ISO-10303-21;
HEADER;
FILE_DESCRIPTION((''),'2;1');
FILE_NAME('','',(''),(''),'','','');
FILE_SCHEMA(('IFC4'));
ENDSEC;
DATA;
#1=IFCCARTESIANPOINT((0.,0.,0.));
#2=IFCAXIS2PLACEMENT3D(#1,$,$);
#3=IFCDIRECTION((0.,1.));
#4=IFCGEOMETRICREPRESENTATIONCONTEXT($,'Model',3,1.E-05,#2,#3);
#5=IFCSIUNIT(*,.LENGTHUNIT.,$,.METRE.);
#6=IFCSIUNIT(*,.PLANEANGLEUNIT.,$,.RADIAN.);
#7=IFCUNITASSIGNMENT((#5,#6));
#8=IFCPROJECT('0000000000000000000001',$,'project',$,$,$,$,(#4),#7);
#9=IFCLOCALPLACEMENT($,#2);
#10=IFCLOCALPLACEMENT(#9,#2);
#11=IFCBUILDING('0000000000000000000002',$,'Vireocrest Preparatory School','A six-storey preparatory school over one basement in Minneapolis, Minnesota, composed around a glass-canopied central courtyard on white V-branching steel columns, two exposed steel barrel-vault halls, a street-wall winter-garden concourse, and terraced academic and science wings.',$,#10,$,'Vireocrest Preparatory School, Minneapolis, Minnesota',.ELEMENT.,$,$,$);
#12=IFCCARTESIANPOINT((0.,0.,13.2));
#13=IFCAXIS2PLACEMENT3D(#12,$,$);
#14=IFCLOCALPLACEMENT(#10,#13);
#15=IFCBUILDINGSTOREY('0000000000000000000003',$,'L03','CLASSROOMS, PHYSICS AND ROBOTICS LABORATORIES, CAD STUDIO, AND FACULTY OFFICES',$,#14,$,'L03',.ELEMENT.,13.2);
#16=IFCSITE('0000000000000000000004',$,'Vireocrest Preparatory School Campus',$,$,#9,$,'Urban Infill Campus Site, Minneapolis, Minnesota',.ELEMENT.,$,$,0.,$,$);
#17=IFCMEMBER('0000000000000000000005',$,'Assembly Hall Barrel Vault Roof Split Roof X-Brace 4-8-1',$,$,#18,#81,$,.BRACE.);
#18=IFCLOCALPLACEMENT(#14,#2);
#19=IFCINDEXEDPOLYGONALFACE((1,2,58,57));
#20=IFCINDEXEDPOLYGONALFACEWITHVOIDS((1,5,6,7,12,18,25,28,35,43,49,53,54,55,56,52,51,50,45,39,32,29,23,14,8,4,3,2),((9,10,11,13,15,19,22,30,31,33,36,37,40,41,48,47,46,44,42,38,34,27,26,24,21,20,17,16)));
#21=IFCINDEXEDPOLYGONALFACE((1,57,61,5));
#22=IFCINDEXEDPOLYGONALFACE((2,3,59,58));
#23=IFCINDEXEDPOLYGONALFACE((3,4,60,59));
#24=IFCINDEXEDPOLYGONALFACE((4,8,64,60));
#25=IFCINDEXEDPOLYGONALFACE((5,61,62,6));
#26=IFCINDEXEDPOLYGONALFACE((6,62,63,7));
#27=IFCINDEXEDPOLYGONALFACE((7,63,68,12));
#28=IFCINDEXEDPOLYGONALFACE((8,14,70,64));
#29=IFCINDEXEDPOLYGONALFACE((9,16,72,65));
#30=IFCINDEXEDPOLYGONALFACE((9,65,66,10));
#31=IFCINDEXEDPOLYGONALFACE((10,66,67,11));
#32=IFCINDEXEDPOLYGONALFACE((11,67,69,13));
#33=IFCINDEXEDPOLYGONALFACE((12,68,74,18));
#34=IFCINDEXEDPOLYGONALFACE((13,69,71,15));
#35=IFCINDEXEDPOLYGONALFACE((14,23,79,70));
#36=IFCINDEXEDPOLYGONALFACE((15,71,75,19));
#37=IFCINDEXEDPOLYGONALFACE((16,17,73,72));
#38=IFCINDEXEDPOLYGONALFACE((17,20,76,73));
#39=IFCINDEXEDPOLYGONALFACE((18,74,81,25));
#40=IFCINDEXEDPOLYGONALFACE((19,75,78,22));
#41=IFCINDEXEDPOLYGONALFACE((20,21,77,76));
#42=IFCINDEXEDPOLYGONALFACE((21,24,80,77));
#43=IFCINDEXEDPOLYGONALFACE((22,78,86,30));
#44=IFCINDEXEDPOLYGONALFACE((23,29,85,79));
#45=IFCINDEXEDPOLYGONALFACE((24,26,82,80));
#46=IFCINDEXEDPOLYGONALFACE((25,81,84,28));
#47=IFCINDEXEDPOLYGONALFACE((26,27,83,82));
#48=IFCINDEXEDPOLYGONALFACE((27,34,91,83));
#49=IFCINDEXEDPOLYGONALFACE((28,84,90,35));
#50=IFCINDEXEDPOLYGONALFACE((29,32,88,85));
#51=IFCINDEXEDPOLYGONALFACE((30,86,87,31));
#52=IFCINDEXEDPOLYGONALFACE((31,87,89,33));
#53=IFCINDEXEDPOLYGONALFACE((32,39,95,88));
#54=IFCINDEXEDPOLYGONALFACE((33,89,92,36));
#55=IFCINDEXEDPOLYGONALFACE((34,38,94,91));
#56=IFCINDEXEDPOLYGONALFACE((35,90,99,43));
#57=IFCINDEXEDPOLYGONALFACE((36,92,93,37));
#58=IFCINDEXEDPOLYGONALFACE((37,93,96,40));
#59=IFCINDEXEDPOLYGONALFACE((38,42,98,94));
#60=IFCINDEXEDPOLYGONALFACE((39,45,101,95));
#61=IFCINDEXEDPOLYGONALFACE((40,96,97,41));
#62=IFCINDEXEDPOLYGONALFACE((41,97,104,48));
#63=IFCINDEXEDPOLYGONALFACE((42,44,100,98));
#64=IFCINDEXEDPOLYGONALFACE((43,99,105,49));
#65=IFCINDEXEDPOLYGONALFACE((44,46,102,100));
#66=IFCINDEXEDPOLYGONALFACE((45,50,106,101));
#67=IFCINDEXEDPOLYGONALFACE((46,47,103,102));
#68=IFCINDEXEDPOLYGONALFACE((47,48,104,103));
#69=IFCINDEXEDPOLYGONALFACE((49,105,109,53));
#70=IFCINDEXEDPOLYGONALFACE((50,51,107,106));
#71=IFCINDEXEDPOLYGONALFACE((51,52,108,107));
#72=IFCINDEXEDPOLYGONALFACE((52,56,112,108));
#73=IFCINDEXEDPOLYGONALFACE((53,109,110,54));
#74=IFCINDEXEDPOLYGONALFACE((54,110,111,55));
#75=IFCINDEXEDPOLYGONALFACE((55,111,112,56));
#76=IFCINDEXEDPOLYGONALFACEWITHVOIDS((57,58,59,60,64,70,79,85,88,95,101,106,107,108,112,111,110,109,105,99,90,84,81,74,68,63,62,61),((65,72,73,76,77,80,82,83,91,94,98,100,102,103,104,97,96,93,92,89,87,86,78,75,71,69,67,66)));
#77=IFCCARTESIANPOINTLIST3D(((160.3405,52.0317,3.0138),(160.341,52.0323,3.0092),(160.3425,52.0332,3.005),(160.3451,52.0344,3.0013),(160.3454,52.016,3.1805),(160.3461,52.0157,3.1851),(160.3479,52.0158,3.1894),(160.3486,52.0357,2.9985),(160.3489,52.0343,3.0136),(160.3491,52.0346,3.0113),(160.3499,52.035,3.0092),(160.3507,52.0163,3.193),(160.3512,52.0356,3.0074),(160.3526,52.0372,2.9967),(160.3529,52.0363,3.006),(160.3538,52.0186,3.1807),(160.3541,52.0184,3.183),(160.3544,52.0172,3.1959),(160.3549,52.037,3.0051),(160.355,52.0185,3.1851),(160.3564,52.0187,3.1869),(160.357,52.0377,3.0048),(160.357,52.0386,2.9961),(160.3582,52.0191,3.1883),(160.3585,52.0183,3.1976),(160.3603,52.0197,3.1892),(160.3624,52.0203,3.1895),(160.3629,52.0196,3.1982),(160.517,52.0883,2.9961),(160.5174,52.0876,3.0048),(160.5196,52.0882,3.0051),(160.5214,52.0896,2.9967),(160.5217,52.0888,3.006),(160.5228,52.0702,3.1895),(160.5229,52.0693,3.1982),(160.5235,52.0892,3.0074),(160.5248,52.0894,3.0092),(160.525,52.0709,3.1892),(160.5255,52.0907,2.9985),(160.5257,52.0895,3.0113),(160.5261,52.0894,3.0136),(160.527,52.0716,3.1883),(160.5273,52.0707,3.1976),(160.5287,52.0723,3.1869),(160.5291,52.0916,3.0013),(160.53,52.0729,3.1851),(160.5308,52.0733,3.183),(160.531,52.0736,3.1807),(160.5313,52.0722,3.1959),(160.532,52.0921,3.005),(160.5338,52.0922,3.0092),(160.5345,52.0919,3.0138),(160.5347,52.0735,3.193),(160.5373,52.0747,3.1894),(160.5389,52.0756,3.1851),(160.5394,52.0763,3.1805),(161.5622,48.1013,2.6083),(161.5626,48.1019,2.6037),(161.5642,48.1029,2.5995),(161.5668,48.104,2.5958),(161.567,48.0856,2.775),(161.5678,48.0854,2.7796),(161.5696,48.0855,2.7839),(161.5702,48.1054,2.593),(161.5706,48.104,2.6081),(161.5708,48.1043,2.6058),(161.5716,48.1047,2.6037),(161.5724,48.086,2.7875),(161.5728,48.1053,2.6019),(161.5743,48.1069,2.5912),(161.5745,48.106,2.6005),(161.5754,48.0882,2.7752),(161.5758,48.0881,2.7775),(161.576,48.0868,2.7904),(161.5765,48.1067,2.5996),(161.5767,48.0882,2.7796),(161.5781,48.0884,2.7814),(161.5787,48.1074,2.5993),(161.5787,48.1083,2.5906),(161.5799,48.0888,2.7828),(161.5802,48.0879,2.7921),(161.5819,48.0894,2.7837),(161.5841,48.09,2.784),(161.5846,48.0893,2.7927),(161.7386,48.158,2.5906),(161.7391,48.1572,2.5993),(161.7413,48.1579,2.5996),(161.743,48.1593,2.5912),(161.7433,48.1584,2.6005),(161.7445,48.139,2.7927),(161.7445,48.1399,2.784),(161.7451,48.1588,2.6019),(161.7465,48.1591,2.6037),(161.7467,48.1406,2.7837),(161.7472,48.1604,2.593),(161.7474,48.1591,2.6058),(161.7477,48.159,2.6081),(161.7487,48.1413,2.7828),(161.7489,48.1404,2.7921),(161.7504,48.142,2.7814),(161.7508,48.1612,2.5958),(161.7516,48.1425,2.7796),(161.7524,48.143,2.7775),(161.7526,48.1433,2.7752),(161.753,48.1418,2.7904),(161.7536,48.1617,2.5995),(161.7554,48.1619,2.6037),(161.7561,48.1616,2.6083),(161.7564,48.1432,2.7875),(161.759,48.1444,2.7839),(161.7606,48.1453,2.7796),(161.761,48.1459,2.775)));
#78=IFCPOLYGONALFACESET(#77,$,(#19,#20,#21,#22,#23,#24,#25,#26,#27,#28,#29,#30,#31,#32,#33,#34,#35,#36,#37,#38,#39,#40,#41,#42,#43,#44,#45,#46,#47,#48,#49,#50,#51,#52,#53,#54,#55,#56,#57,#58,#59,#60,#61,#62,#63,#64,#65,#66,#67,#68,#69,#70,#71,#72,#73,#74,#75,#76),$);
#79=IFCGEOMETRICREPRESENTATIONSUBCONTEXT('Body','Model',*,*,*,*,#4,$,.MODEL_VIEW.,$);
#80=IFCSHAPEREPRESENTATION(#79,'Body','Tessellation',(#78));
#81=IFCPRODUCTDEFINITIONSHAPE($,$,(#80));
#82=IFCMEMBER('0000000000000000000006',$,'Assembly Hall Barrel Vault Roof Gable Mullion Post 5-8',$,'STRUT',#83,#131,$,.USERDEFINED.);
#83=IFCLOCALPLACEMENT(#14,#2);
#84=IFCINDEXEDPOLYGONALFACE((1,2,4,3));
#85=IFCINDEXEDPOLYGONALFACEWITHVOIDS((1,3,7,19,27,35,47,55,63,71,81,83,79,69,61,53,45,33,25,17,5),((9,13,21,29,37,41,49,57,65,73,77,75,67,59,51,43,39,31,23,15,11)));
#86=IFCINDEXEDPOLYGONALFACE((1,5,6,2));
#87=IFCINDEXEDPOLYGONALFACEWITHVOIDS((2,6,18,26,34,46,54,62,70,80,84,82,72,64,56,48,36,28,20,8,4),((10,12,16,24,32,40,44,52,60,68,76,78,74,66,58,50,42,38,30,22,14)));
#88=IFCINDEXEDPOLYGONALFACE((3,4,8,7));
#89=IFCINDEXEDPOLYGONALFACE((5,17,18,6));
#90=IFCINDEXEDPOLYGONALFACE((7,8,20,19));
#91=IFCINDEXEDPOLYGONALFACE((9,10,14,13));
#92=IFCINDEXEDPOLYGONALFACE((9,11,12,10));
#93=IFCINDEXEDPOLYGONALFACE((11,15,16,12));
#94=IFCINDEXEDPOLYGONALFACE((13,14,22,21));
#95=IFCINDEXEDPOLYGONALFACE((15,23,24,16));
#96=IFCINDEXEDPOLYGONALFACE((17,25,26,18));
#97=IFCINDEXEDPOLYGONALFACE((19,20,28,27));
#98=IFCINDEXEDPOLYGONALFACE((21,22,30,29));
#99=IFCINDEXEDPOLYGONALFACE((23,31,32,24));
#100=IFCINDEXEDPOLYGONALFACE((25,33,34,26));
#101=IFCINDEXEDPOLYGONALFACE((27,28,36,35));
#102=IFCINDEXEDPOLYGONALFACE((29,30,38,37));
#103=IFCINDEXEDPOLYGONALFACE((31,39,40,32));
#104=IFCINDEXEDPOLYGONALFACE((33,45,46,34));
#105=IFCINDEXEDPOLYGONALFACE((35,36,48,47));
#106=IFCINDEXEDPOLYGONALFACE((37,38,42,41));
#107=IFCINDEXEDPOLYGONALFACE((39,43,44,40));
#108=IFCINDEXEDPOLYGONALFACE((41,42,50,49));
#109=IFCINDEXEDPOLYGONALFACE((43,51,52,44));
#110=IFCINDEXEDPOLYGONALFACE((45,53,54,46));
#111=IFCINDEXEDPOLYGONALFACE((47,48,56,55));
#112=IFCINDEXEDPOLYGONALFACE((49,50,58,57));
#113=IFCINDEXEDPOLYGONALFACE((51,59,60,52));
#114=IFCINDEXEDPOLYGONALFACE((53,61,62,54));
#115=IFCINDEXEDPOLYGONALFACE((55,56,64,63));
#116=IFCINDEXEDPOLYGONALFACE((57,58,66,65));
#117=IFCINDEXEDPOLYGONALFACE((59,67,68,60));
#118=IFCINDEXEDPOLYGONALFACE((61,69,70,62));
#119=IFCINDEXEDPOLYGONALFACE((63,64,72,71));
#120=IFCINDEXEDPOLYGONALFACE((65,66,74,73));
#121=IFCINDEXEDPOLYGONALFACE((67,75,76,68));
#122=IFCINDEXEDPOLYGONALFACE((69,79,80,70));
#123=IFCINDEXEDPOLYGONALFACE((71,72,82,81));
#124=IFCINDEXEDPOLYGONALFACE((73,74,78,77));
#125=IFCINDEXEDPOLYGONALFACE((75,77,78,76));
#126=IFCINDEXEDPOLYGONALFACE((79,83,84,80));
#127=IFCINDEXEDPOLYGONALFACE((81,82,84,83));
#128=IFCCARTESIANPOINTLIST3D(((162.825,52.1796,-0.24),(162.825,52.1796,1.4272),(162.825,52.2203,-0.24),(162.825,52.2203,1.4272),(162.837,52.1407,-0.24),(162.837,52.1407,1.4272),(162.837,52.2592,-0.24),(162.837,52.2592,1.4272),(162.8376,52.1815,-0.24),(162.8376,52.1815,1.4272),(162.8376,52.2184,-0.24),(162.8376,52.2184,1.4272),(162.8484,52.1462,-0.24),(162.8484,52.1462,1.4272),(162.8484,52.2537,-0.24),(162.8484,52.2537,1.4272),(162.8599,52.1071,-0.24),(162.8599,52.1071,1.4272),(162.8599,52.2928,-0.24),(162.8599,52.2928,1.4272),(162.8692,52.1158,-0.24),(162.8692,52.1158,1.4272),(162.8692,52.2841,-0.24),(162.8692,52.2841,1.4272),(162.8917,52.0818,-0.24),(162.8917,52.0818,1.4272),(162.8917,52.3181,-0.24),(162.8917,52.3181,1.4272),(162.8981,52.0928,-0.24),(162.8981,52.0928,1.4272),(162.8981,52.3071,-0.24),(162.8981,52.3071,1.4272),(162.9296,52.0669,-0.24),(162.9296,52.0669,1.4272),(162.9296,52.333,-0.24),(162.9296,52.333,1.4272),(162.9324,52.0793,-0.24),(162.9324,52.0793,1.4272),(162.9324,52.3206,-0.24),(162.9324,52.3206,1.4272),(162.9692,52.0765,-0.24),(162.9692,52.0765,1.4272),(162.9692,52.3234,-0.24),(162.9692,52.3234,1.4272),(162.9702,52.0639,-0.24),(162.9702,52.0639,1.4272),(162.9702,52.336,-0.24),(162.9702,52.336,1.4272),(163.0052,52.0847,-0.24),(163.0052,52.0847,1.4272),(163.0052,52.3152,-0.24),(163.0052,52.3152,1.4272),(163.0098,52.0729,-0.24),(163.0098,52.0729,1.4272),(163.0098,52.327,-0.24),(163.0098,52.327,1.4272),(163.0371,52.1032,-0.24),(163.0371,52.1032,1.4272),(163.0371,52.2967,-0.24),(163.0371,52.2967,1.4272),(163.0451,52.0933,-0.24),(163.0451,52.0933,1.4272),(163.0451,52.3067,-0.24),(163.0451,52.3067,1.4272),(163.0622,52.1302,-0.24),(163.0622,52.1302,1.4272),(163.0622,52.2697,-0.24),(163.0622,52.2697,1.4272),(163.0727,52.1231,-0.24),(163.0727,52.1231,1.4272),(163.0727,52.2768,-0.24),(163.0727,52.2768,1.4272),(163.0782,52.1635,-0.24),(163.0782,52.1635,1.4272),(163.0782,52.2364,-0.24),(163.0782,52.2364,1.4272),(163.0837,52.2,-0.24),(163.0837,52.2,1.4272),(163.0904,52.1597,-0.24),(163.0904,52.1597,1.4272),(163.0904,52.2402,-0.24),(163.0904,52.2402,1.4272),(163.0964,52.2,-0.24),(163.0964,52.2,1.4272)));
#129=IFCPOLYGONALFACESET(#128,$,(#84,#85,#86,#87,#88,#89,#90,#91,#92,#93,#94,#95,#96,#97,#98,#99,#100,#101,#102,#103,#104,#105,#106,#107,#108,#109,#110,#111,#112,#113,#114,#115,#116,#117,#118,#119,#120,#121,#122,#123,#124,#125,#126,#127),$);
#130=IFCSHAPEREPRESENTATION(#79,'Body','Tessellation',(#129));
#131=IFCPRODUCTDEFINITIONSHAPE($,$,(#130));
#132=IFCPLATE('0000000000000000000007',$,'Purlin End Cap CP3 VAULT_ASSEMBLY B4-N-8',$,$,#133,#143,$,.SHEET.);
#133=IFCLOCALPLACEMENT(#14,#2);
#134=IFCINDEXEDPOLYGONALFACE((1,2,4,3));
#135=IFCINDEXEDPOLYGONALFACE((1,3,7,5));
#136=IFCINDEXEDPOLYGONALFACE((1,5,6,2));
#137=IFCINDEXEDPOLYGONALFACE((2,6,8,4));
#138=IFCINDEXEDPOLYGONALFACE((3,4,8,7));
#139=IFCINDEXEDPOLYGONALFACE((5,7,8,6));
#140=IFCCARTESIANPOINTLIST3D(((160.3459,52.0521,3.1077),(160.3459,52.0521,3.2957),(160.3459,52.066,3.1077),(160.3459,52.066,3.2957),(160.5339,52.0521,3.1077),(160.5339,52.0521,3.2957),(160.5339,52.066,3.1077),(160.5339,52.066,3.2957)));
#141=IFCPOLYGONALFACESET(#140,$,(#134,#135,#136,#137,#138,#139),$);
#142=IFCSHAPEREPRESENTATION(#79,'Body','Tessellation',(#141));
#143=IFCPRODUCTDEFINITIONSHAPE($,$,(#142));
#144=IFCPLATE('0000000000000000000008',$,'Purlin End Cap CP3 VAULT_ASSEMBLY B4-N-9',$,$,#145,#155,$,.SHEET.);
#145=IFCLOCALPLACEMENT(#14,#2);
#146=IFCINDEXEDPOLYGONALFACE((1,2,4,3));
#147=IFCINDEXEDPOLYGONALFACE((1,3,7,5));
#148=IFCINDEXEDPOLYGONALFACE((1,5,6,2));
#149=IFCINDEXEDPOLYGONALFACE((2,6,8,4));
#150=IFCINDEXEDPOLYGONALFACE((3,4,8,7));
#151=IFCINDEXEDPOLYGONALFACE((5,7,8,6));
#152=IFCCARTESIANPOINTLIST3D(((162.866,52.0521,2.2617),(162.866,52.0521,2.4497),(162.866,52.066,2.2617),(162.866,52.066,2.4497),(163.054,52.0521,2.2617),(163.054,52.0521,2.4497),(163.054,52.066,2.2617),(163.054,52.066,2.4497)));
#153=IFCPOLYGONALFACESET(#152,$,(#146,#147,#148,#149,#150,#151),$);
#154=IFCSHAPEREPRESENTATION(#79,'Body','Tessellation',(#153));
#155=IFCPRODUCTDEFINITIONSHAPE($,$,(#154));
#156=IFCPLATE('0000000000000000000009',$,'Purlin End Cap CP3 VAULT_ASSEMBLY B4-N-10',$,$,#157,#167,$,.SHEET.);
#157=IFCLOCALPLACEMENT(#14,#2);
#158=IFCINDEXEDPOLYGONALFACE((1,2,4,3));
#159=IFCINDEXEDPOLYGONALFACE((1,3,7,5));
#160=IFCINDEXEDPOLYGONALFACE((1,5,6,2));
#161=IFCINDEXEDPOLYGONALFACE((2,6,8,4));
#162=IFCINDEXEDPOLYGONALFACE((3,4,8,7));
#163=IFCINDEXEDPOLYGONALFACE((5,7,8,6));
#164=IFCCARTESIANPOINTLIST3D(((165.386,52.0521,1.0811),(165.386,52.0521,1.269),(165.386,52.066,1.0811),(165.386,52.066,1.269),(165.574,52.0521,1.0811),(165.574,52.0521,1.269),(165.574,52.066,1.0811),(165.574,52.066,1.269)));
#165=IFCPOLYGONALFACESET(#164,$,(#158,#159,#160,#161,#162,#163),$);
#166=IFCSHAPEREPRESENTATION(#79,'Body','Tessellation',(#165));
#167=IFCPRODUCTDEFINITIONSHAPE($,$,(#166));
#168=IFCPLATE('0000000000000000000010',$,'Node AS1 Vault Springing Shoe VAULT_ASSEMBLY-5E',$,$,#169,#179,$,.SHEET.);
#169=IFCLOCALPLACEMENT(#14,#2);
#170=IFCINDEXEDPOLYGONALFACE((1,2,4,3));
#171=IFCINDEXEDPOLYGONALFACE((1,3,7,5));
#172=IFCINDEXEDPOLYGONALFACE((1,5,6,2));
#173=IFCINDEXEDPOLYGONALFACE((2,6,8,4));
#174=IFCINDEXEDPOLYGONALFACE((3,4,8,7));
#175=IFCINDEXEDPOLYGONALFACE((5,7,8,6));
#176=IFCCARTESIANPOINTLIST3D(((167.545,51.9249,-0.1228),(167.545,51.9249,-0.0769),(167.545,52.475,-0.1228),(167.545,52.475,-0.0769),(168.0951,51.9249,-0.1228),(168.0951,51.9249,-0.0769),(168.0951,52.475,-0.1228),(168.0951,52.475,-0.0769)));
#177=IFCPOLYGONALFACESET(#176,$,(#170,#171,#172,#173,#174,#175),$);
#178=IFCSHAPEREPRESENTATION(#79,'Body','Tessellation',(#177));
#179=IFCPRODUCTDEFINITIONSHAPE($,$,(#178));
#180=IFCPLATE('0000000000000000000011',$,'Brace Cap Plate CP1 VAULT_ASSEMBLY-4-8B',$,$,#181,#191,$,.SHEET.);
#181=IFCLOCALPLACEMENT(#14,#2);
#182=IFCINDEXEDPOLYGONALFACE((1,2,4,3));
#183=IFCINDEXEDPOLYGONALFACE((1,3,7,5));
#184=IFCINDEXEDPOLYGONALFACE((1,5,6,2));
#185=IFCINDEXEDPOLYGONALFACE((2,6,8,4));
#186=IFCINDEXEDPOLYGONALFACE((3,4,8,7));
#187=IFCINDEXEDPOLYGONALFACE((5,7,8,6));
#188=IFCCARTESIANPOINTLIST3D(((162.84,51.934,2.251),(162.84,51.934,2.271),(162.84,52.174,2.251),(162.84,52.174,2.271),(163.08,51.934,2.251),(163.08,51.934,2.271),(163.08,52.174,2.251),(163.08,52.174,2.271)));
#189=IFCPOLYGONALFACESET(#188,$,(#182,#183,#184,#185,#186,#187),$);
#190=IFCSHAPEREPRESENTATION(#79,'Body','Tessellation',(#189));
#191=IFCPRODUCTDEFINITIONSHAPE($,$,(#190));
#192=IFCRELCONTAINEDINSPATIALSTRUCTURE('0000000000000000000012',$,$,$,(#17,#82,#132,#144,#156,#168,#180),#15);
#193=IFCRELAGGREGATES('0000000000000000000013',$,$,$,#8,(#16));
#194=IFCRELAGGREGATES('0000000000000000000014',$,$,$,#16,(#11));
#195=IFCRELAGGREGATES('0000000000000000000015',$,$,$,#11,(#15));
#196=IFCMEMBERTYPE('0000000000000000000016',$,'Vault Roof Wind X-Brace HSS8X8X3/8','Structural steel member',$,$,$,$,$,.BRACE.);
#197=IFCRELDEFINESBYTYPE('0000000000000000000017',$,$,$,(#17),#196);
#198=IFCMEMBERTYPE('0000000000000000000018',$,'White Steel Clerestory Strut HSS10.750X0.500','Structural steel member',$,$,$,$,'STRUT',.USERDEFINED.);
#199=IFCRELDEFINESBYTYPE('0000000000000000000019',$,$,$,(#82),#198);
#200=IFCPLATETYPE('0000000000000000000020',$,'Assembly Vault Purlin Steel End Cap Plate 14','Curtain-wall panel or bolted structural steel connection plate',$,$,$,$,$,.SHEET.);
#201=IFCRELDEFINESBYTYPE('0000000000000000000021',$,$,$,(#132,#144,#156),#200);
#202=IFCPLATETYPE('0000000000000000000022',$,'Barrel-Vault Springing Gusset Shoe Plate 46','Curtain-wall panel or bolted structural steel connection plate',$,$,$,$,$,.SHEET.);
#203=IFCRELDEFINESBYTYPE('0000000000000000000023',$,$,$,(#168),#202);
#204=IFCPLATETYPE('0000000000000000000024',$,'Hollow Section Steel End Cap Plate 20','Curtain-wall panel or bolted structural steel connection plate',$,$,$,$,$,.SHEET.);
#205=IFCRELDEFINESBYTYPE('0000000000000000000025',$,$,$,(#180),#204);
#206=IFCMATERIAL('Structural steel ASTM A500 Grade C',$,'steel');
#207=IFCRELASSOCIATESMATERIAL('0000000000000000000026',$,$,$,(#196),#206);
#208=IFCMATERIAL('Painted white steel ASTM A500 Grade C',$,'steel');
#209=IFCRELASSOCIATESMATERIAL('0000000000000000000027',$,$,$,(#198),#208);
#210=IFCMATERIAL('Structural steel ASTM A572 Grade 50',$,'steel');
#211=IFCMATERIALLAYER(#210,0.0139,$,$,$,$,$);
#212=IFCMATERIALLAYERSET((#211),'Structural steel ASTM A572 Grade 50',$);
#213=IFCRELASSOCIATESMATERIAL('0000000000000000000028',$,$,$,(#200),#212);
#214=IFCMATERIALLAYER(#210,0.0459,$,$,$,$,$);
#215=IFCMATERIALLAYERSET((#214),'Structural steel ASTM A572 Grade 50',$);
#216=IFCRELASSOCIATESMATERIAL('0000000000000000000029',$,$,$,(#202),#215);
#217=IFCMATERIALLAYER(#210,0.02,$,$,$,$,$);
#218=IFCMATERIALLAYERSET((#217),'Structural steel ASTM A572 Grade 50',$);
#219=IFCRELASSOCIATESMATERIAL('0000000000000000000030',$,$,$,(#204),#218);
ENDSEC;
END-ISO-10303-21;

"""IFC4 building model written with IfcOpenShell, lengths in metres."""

from ifc_helpers import new_model, si_unit, direction, frame, origin, origin_2d, place, context, subcontext, project, spatial, rectangle, hollow_rectangle, hollow_circle, extrude, material, layer, layer_set, material_profile, profile_set, type_object, element, save


model = new_model("IFC4")

# Units and contexts
model_context = context("Model", 3, precision=1e-05, world=origin(), true_north=direction((0.0, 1.0)))
body_context = subcontext(model_context, "Body", "Model", "MODEL_VIEW")
ifc_project = project(units=[si_unit("LENGTHUNIT", "METRE"), si_unit("PLANEANGLEUNIT", "RADIAN")], contexts=[model_context])

# Site, building, storey
site_placement = place(None, origin())
site = spatial("IfcSite", under=ifc_project, at=site_placement, Name="Vireocrest Preparatory School Campus", LongName="Urban Infill Campus Site, Minneapolis, Minnesota", CompositionType="ELEMENT", RefElevation=0.0)
building_placement = place(site_placement, origin())
building = spatial("IfcBuilding", under=site, at=building_placement, Name="Vireocrest Preparatory School", Description="A six-storey preparatory school over one basement in Minneapolis, Minnesota, composed around a glass-canopied central courtyard on white V-branching steel columns, two exposed steel barrel-vault halls, a street-wall winter-garden concourse, and terraced academic and science wings.", LongName="Vireocrest Preparatory School, Minneapolis, Minnesota", CompositionType="ELEMENT")
storey_placement = place(building_placement, frame((0.0, 0.0, 13.2)))
storey = spatial("IfcBuildingStorey", under=building, at=storey_placement, Name="L03", Description="CLASSROOMS, PHYSICS AND ROBOTICS LABORATORIES, CAD STUDIO, AND FACULTY OFFICES", LongName="L03", CompositionType="ELEMENT", Elevation=13.2)

# Members
ifc_material_1 = material(Name="Structural steel ASTM A500 Grade C", Category="steel")
ifc_material_profile_1 = material_profile(ifc_material_1, hollow_rectangle(XDim=0.2031, YDim=0.2031, WallThickness=0.0088, InnerFilletRadius=0.0088, OuterFilletRadius=0.0178, at=origin_2d()), Name="HSS8X8X3/8")
ifc_profile_set_1 = profile_set([ifc_material_profile_1], Name="Structural steel ASTM A500 Grade C")
member_type_1 = type_object("IfcMemberType", Name="Vault Roof Wind X-Brace HSS8X8X3/8", Description="Structural steel member", PredefinedType="BRACE", material=ifc_profile_set_1)
member_1_placement = place(storey_placement, frame((160.4399, 52.054, 3.0972), z_axis=(0.295389, -0.950332, -0.09805), x_axis=(0.954934, 0.296819, 0.0)))
element("IfcMember", 1, at=member_1_placement, inside=storey, type_object=member_type_1, Name="Assembly Hall Barrel Vault Roof Split Roof X-Brace 4-8-1", PredefinedType="BRACE", context=body_context, shape_type="SweptSolid", body=[
    extrude(hollow_rectangle(XDim=0.2031, YDim=0.2031, WallThickness=0.0088, InnerFilletRadius=0.0088, OuterFilletRadius=0.0178, at=origin_2d()), origin(), (0.0, 0.0, 1.0), 4.1357),
])
ifc_material_2 = material(Name="Painted white steel ASTM A500 Grade C", Category="steel")
ifc_material_profile_2 = material_profile(ifc_material_2, hollow_circle(Radius=0.1365, WallThickness=0.0127, at=origin_2d()), Name="HSS10.750X0.500")
ifc_profile_set_2 = profile_set([ifc_material_profile_2], Name="Painted white steel ASTM A500 Grade C")
member_type_2 = type_object("IfcMemberType", Name="White Steel Clerestory Strut HSS10.750X0.500", Description="Structural steel member", ElementType="STRUT", PredefinedType="USERDEFINED", material=ifc_profile_set_2)
member_2_placement = place(storey_placement, frame((162.96, 52.2, -0.24), z_axis=(0.0, 0.0, 1.0), x_axis=(1.0, 0.0, 0.0)))
element("IfcMember", 2, at=member_2_placement, inside=storey, type_object=member_type_2, Name="Assembly Hall Barrel Vault Roof Gable Mullion Post 5-8", ObjectType="STRUT", PredefinedType="USERDEFINED", context=body_context, shape_type="SweptSolid", body=[
    extrude(hollow_circle(Radius=0.1365, WallThickness=0.0127, at=origin_2d()), origin(), (0.0, 0.0, 1.0), 1.6672),
])

# Plates
ifc_material_3 = material(Name="Structural steel ASTM A572 Grade 50", Category="steel")
ifc_layer_1 = layer(ifc_material_3, 0.0139)
ifc_layer_set_1 = layer_set([ifc_layer_1], Name="Structural steel ASTM A572 Grade 50")
plate_type_1 = type_object("IfcPlateType", Name="Assembly Vault Purlin Steel End Cap Plate 14", Description="Curtain-wall panel or bolted structural steel connection plate", PredefinedType="SHEET", material=ifc_layer_set_1)
for number, where, z_axis, x_axis, name in (
    (3, (160.4399, 52.0591, 3.1077), (0.0, 0.0, 1.0), (1.0, 0.0, 0.0), "Purlin End Cap CP3 VAULT_ASSEMBLY B4-N-8"),
    (4, (162.96, 52.0591, 2.2617), (0.0, 0.0, 1.0), (1.0, 0.0, 0.0), "Purlin End Cap CP3 VAULT_ASSEMBLY B4-N-9"),
    (5, (165.48, 52.0591, 1.0811), (0.0, 0.0, 1.0), (1.0, 0.0, 0.0), "Purlin End Cap CP3 VAULT_ASSEMBLY B4-N-10"),
):
    element("IfcPlate", number, at=place(storey_placement, frame(where, z_axis=z_axis, x_axis=x_axis)), inside=storey, type_object=plate_type_1, Name=name, PredefinedType="SHEET", context=body_context, shape_type="SweptSolid", body=[
        extrude(rectangle(XDim=0.188, YDim=0.0139, at=origin_2d()), origin(), (0.0, 0.0, 1.0), 0.188),
    ])
ifc_layer_2 = layer(ifc_material_3, 0.0459)
ifc_layer_set_2 = layer_set([ifc_layer_2], Name="Structural steel ASTM A572 Grade 50")
plate_type_2 = type_object("IfcPlateType", Name="Barrel-Vault Springing Gusset Shoe Plate 46", Description="Curtain-wall panel or bolted structural steel connection plate", PredefinedType="SHEET", material=ifc_layer_set_2)
plate_1_placement = place(storey_placement, frame((167.8201, 52.2, -0.1228), z_axis=(0.0, 0.0, 1.0), x_axis=(1.0, 0.0, 0.0)))
element("IfcPlate", 6, at=plate_1_placement, inside=storey, type_object=plate_type_2, Name="Node AS1 Vault Springing Shoe VAULT_ASSEMBLY-5E", PredefinedType="SHEET", context=body_context, shape_type="SweptSolid", body=[
    extrude(rectangle(XDim=0.55, YDim=0.55, at=origin_2d()), origin(), (0.0, 0.0, 1.0), 0.0459),
])
ifc_layer_3 = layer(ifc_material_3, 0.02)
ifc_layer_set_3 = layer_set([ifc_layer_3], Name="Structural steel ASTM A572 Grade 50")
plate_type_3 = type_object("IfcPlateType", Name="Hollow Section Steel End Cap Plate 20", Description="Curtain-wall panel or bolted structural steel connection plate", PredefinedType="SHEET", material=ifc_layer_set_3)
for number, where, z_axis, x_axis, name in (
    (7, (162.96, 52.054, 2.251), (0.0, 0.0, 1.0), (1.0, 0.0, 0.0), "Brace Cap Plate CP1 VAULT_ASSEMBLY-4-8B"),
):
    element("IfcPlate", number, at=place(storey_placement, frame(where, z_axis=z_axis, x_axis=x_axis)), inside=storey, type_object=plate_type_3, Name=name, PredefinedType="SHEET", context=body_context, shape_type="SweptSolid", body=[
        extrude(rectangle(XDim=0.24, YDim=0.24, at=origin_2d()), origin(), (0.0, 0.0, 1.0), 0.02),
    ])

save(model, "model.ifc")
